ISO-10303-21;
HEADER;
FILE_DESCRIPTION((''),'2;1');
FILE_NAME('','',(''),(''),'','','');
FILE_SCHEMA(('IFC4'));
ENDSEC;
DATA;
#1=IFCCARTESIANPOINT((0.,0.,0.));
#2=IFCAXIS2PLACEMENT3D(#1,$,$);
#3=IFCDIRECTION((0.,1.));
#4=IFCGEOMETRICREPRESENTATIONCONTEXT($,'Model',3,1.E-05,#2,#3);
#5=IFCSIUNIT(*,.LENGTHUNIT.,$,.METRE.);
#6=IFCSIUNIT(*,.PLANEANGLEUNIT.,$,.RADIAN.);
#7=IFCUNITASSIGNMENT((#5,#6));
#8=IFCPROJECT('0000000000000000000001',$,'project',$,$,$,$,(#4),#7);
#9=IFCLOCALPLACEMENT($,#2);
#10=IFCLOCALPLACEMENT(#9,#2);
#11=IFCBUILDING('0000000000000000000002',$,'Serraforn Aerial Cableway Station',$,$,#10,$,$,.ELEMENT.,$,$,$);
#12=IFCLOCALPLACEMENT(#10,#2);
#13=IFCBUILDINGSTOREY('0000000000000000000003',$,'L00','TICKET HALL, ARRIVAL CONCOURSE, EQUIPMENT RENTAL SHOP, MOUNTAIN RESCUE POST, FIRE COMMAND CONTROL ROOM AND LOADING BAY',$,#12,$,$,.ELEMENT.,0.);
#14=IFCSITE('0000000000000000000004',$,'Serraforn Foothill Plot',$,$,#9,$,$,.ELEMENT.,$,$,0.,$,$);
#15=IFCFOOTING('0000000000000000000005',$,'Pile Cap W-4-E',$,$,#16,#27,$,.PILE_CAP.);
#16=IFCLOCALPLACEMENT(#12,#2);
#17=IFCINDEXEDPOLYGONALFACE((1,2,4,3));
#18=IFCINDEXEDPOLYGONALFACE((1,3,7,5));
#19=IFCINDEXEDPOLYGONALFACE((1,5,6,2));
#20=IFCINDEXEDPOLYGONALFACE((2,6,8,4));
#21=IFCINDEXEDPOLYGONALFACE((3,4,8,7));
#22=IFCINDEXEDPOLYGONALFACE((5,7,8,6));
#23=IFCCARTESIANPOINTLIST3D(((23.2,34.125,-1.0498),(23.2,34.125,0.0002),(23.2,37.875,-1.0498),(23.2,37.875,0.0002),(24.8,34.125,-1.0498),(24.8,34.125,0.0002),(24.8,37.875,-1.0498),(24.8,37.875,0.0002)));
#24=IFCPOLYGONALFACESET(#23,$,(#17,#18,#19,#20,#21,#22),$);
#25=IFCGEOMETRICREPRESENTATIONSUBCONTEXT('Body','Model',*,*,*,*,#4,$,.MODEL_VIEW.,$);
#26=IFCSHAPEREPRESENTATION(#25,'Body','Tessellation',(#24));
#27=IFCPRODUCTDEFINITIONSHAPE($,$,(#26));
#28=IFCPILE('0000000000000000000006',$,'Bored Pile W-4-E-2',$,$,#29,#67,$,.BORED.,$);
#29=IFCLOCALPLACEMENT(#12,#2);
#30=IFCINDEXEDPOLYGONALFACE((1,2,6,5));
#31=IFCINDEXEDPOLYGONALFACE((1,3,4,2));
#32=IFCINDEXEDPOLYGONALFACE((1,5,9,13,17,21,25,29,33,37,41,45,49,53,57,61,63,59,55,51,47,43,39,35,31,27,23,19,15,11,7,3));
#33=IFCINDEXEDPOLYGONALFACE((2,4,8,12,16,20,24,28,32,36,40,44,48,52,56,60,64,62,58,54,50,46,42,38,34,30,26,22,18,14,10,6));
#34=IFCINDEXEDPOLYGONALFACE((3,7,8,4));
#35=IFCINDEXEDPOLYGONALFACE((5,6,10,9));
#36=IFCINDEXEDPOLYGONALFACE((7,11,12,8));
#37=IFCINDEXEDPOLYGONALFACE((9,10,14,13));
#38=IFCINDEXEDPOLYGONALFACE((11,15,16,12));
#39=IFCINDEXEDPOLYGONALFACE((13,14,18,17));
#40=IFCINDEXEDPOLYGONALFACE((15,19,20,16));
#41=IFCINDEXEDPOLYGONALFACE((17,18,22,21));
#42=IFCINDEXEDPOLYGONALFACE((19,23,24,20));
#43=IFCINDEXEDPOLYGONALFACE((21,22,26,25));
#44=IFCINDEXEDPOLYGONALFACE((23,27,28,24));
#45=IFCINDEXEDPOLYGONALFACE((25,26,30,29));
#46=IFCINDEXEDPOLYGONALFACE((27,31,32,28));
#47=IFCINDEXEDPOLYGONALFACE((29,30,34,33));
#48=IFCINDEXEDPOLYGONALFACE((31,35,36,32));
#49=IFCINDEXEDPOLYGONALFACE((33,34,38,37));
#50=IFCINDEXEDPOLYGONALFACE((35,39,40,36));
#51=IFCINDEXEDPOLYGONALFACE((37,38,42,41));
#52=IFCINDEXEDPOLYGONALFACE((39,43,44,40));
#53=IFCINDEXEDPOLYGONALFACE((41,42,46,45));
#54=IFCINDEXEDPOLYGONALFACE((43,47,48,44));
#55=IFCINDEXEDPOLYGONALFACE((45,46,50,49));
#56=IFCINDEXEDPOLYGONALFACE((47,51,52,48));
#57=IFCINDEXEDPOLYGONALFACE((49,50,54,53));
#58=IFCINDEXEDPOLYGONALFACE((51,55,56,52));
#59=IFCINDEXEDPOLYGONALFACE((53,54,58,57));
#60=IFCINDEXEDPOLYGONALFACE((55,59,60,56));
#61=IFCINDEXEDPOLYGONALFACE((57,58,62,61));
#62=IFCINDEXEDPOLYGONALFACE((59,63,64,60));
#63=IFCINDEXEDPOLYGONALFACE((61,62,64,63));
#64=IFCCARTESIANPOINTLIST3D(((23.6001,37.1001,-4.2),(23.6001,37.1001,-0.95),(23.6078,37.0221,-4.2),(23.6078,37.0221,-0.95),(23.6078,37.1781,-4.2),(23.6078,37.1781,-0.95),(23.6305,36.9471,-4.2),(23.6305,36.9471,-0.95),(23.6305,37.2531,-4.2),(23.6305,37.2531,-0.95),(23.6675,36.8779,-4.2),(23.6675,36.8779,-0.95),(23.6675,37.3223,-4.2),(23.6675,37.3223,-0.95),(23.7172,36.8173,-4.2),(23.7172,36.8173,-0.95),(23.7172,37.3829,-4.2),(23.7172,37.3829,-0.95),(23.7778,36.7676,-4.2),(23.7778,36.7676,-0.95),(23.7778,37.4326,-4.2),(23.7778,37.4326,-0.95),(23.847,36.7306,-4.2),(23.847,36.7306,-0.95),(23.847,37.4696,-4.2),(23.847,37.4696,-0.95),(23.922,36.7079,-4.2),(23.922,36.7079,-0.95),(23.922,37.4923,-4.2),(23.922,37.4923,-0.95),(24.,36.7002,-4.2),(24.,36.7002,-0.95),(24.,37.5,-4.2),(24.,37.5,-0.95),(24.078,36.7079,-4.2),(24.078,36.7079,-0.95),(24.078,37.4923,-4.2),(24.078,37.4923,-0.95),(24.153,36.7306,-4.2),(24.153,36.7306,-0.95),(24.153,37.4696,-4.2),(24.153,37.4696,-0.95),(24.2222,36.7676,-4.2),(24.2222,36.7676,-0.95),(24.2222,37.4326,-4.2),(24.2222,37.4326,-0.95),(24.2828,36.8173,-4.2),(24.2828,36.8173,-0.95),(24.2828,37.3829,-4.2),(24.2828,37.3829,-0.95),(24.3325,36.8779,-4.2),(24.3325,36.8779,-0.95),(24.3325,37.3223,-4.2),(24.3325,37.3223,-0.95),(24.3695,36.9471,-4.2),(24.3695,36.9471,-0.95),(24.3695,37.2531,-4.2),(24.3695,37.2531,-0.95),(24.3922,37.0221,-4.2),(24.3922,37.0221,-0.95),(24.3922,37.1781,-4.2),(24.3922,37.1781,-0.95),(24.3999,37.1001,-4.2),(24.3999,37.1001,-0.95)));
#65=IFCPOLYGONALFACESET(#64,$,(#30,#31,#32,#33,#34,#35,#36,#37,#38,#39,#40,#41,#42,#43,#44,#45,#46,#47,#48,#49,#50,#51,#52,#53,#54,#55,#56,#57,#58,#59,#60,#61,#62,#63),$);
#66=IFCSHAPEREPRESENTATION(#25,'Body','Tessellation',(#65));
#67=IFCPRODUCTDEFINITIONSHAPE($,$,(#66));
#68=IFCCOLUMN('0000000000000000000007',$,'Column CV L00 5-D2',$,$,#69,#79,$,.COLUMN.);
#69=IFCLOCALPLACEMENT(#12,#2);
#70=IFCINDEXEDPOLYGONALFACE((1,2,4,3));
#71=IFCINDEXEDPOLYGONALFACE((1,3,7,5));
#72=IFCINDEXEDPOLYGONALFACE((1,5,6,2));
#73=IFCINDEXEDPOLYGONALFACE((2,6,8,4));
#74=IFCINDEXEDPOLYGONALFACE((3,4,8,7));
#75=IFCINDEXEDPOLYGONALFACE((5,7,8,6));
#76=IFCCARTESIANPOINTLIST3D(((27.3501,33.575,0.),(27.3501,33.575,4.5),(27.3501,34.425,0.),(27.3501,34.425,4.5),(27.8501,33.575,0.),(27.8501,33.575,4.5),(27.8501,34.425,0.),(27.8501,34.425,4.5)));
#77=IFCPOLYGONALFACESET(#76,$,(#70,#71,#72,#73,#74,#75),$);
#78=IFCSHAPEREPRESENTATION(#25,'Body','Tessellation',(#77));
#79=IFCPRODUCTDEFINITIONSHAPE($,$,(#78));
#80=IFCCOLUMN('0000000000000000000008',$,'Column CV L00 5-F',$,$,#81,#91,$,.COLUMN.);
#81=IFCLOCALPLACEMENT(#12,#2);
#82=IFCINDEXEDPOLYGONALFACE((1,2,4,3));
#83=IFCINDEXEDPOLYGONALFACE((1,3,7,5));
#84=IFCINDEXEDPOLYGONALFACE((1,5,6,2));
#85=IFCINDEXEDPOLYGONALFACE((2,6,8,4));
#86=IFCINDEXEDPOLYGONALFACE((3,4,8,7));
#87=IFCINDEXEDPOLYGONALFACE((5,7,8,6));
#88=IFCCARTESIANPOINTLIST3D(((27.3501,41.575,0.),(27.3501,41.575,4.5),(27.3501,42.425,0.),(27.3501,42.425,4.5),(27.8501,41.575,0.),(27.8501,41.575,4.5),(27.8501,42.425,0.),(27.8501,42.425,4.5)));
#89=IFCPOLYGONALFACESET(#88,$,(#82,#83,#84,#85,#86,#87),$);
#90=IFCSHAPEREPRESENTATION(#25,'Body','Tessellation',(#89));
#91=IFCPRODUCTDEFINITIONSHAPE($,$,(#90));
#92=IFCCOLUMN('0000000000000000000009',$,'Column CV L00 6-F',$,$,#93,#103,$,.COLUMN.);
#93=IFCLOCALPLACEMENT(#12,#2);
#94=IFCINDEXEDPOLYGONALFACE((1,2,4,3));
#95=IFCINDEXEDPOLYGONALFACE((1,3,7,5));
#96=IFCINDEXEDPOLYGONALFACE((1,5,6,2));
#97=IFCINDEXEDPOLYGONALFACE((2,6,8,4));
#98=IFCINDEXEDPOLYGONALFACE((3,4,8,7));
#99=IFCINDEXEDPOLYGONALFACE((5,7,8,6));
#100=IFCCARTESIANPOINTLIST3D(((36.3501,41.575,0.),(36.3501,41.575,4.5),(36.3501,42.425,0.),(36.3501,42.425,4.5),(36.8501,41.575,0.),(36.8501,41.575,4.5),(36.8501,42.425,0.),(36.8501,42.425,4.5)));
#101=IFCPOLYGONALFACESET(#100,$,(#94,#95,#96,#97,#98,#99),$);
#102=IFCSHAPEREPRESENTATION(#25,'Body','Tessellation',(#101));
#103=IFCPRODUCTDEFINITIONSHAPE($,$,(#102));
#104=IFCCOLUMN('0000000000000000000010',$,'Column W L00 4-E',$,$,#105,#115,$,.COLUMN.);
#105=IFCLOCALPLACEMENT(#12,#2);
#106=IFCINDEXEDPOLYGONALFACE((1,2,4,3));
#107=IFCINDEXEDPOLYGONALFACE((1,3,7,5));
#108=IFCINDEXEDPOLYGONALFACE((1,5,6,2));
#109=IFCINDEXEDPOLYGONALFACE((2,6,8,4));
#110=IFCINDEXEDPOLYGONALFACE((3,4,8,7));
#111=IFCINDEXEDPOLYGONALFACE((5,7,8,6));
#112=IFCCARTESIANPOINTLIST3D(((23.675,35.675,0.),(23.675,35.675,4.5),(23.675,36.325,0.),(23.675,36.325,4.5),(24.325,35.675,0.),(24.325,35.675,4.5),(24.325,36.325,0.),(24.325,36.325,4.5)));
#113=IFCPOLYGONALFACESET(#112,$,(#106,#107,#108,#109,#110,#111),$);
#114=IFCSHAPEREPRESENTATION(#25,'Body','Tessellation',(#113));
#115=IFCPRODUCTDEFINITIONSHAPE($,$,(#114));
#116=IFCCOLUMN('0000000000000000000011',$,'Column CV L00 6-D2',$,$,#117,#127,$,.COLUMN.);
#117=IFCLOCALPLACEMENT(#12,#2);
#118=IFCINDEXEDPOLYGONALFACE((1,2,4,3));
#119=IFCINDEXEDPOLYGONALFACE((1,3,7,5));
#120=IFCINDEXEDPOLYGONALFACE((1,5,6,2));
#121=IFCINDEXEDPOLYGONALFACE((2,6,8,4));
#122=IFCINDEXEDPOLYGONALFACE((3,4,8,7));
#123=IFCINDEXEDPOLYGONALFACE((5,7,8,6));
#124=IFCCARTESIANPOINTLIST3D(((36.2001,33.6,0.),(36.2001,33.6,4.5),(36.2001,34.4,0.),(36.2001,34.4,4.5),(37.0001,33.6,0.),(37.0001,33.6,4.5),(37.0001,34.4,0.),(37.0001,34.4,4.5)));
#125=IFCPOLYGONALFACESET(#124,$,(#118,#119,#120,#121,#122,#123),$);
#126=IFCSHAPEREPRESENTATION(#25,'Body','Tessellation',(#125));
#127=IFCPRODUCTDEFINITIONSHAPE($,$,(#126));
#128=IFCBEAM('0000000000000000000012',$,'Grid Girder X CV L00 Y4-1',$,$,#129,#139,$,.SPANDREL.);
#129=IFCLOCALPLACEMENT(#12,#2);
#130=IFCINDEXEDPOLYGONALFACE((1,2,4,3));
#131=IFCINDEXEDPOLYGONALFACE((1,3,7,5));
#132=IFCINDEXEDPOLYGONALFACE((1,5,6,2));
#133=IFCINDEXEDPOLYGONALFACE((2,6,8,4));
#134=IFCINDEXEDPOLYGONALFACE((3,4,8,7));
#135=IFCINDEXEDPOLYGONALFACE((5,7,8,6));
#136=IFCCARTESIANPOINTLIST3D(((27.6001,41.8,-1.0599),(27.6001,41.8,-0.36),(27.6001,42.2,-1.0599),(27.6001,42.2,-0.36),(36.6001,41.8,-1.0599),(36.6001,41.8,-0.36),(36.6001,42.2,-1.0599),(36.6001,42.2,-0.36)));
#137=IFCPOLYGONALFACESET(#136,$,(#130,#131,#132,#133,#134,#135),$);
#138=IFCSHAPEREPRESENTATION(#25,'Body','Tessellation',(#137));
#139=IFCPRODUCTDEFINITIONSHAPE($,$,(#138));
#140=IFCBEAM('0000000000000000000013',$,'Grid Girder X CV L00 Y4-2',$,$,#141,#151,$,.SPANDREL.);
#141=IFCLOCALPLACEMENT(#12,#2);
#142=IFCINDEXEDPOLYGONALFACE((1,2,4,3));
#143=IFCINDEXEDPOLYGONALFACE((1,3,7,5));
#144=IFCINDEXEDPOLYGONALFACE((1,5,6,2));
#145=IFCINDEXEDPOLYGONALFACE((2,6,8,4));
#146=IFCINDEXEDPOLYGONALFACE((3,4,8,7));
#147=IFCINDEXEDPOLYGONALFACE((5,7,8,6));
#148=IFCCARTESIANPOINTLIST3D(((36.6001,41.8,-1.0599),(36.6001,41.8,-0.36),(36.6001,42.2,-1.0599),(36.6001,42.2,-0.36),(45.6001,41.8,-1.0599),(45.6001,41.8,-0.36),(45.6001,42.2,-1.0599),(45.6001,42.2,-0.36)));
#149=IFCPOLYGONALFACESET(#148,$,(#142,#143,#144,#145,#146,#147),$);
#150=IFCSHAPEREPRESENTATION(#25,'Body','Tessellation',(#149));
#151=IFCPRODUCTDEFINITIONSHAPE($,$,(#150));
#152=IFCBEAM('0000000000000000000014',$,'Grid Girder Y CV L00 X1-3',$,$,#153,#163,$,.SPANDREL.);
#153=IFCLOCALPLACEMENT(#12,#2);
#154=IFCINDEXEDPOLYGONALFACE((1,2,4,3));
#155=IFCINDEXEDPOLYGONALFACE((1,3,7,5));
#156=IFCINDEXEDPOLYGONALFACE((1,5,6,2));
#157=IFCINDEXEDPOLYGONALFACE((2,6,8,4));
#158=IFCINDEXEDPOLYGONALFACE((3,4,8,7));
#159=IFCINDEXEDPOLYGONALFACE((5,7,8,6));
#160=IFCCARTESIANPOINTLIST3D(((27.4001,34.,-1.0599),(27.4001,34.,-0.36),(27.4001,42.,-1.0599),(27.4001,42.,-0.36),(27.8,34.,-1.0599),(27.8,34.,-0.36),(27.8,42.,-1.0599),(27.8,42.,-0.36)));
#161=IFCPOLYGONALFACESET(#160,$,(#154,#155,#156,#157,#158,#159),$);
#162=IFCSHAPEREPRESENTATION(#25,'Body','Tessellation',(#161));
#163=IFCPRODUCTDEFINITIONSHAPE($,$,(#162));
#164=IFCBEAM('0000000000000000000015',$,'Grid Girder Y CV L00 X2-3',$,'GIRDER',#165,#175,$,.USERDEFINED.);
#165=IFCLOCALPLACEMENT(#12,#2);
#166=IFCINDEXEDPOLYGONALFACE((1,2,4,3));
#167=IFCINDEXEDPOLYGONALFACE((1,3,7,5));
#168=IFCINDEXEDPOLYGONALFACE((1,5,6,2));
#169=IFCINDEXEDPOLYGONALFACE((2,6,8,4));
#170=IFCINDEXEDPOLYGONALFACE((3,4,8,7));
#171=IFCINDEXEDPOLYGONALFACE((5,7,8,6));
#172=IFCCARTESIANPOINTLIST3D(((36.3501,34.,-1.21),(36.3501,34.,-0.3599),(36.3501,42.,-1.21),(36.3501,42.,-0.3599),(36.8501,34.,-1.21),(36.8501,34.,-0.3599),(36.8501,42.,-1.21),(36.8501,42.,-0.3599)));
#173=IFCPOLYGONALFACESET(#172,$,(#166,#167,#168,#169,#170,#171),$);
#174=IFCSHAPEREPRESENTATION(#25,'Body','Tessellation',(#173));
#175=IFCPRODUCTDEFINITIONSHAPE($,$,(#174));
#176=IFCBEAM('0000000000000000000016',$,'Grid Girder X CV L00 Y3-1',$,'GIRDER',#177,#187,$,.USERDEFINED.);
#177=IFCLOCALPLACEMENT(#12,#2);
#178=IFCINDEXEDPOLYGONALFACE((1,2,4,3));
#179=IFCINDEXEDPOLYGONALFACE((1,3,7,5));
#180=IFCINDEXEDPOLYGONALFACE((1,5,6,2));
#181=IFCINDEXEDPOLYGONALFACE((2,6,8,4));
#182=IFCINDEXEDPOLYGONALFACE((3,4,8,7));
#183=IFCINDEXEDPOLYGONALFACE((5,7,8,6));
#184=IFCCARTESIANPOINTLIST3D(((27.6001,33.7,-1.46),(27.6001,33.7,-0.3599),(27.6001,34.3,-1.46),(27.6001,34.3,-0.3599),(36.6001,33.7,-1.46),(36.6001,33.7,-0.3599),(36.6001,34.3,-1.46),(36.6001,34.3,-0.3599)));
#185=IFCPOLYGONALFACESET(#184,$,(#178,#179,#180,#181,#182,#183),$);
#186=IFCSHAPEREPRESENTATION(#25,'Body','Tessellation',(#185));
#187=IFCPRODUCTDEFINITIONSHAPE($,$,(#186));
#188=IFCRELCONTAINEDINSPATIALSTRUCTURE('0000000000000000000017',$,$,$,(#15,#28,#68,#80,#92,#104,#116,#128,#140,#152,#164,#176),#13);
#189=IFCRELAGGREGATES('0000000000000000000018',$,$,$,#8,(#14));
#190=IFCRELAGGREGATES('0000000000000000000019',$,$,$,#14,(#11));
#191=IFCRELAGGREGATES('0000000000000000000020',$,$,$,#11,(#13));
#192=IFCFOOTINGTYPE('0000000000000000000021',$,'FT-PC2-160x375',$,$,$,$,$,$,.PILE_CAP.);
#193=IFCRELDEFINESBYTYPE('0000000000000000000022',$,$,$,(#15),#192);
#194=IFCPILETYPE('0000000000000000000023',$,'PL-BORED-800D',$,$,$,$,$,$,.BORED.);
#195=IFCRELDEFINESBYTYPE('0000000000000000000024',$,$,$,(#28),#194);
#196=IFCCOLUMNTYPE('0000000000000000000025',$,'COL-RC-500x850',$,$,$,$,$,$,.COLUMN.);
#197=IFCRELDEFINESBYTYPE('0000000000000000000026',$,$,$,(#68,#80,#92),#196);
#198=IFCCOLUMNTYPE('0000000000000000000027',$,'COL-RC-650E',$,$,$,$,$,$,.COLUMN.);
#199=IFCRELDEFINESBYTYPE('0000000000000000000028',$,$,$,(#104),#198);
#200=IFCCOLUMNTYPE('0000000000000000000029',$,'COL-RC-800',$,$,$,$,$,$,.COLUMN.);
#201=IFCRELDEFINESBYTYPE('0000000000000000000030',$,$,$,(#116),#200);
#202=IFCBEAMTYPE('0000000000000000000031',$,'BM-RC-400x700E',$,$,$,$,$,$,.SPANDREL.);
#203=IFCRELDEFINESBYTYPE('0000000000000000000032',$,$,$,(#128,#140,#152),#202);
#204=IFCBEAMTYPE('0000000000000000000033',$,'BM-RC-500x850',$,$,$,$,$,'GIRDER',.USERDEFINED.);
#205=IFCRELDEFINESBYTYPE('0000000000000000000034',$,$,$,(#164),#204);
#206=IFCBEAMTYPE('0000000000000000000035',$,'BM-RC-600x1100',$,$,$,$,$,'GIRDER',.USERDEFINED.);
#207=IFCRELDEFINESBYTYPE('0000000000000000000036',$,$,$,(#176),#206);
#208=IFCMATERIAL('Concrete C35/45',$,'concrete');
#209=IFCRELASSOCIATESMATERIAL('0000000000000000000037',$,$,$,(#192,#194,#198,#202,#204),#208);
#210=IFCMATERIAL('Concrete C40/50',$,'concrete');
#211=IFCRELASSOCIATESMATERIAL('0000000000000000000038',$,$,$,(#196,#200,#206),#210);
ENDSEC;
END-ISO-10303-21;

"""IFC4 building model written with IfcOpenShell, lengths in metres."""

from ifc_helpers import new_model, si_unit, direction, frame, origin, origin_2d, place, context, subcontext, project, spatial, rectangle, circle, extrude, material, material_profile, profile_set, type_object, element, save


model = new_model("IFC4")

# Units and contexts
model_context = context("Model", 3, precision=1e-05, world=origin(), true_north=direction((0.0, 1.0)))
body_context = subcontext(model_context, "Body", "Model", "MODEL_VIEW")
ifc_project = project(units=[si_unit("LENGTHUNIT", "METRE"), si_unit("PLANEANGLEUNIT", "RADIAN")], contexts=[model_context])

# Site, building, storey
site_placement = place(None, origin())
site = spatial("IfcSite", under=ifc_project, at=site_placement, Name="Serraforn Foothill Plot", CompositionType="ELEMENT", RefElevation=0.0)
building_placement = place(site_placement, origin())
building = spatial("IfcBuilding", under=site, at=building_placement, Name="Serraforn Aerial Cableway Station", CompositionType="ELEMENT")
storey_placement = place(building_placement, origin())
storey = spatial("IfcBuildingStorey", under=building, at=storey_placement, Name="L00", Description="TICKET HALL, ARRIVAL CONCOURSE, EQUIPMENT RENTAL SHOP, MOUNTAIN RESCUE POST, FIRE COMMAND CONTROL ROOM AND LOADING BAY", CompositionType="ELEMENT", Elevation=0.0)

# Footing
ifc_material_1 = material(Name="Concrete C35/45", Category="concrete")
footing_type = type_object("IfcFootingType", Name="FT-PC2-160x375", PredefinedType="PILE_CAP", material=ifc_material_1)
footing_placement = place(storey_placement, frame((24.0, 36.0, -1.0498), z_axis=(0.0, 0.0, 1.0), x_axis=(1.0, 0.0, 0.0)))
element("IfcFooting", 1, at=footing_placement, inside=storey, type_object=footing_type, Name="Pile Cap W-4-E", PredefinedType="PILE_CAP", context=body_context, shape_type="SweptSolid", body=[
    extrude(rectangle(XDim=1.6001, YDim=3.75, at=origin_2d()), origin(), (0.0, 0.0, 1.0), 1.05),
])

# Pile
ifc_material_profile_1 = material_profile(ifc_material_1, circle(Radius=0.3999, at=origin_2d()), Name="BORED PILE D800")
ifc_profile_set_1 = profile_set([ifc_material_profile_1], Name="Concrete C35/45")
pile_type = type_object("IfcPileType", Name="PL-BORED-800D", PredefinedType="BORED", material=ifc_profile_set_1)
pile_placement = place(storey_placement, frame((24.0, 37.1001, -0.95), z_axis=(0.0, 0.0, -1.0), x_axis=(1.0, 0.0, 0.0)))
element("IfcPile", 2, at=pile_placement, inside=storey, type_object=pile_type, Name="Bored Pile W-4-E-2", PredefinedType="BORED", context=body_context, shape_type="SweptSolid", body=[
    extrude(circle(Radius=0.3999, at=origin_2d()), origin(), (0.0, 0.0, 1.0), 3.25),
])

# Columns
ifc_material_2 = material(Name="Concrete C40/50", Category="concrete")
ifc_material_profile_2 = material_profile(ifc_material_2, rectangle(XDim=0.5, YDim=0.8501, at=origin_2d()), Name="RC 500x850")
ifc_profile_set_2 = profile_set([ifc_material_profile_2], Name="Concrete C40/50")
column_type_1 = type_object("IfcColumnType", Name="COL-RC-500x850", PredefinedType="COLUMN", material=ifc_profile_set_2)
for number, where, z_axis, x_axis, name in (
    (3, (27.6001, 34.0, 0.0), (0.0, 0.0, 1.0), (1.0, 0.0, 0.0), "Column CV L00 5-D2"),
    (4, (27.6001, 42.0, 0.0), (0.0, 0.0, 1.0), (1.0, 0.0, 0.0), "Column CV L00 5-F"),
    (5, (36.6001, 42.0, 0.0), (0.0, 0.0, 1.0), (1.0, 0.0, 0.0), "Column CV L00 6-F"),
):
    element("IfcColumn", number, at=place(storey_placement, frame(where, z_axis=z_axis, x_axis=x_axis)), inside=storey, type_object=column_type_1, Name=name, PredefinedType="COLUMN", context=body_context, shape_type="SweptSolid", body=[
        extrude(rectangle(XDim=0.5, YDim=0.8501, at=origin_2d()), origin(), (0.0, 0.0, 1.0), 4.5),
    ])
ifc_material_profile_3 = material_profile(ifc_material_1, rectangle(XDim=0.6499, YDim=0.6499, at=origin_2d()), Name="RC 650x650")
ifc_profile_set_3 = profile_set([ifc_material_profile_3], Name="Concrete C35/45")
column_type_2 = type_object("IfcColumnType", Name="COL-RC-650E", PredefinedType="COLUMN", material=ifc_profile_set_3)
column_1_placement = place(storey_placement, frame((24.0, 36.0, 0.0), z_axis=(0.0, 0.0, 1.0), x_axis=(1.0, 0.0, 0.0)))
element("IfcColumn", 6, at=column_1_placement, inside=storey, type_object=column_type_2, Name="Column W L00 4-E", PredefinedType="COLUMN", context=body_context, shape_type="SweptSolid", body=[
    extrude(rectangle(XDim=0.6499, YDim=0.6499, at=origin_2d()), origin(), (0.0, 0.0, 1.0), 4.5),
])
ifc_material_profile_4 = material_profile(ifc_material_2, rectangle(XDim=0.8, YDim=0.8, at=origin_2d()), Name="RC 800x800")
ifc_profile_set_4 = profile_set([ifc_material_profile_4], Name="Concrete C40/50")
column_type_3 = type_object("IfcColumnType", Name="COL-RC-800", PredefinedType="COLUMN", material=ifc_profile_set_4)
column_2_placement = place(storey_placement, frame((36.6001, 34.0, 0.0), z_axis=(0.0, 0.0, 1.0), x_axis=(1.0, 0.0, 0.0)))
element("IfcColumn", 7, at=column_2_placement, inside=storey, type_object=column_type_3, Name="Column CV L00 6-D2", PredefinedType="COLUMN", context=body_context, shape_type="SweptSolid", body=[
    extrude(rectangle(XDim=0.8, YDim=0.8, at=origin_2d()), origin(), (0.0, 0.0, 1.0), 4.5),
])

# Beams
ifc_material_profile_5 = material_profile(ifc_material_1, rectangle(XDim=0.3999, YDim=0.7, at=origin_2d()), Name="RC 400x700")
ifc_profile_set_5 = profile_set([ifc_material_profile_5], Name="Concrete C35/45")
beam_type_1 = type_object("IfcBeamType", Name="BM-RC-400x700E", PredefinedType="SPANDREL", material=ifc_profile_set_5)
for number, where, z_axis, x_axis, name in (
    (8, (27.6001, 42.0, -0.71), (1.0, 0.0, 0.0), (0.0, 1.0, 0.0), "Grid Girder X CV L00 Y4-1"),
    (9, (36.6001, 42.0, -0.71), (1.0, 0.0, 0.0), (0.0, 1.0, 0.0), "Grid Girder X CV L00 Y4-2"),
):
    element("IfcBeam", number, at=place(storey_placement, frame(where, z_axis=z_axis, x_axis=x_axis)), inside=storey, type_object=beam_type_1, Name=name, PredefinedType="SPANDREL", context=body_context, shape_type="SweptSolid", body=[
        extrude(rectangle(XDim=0.3999, YDim=0.7, at=origin_2d()), origin(), (0.0, 0.0, 1.0), 9.0),
    ])
beam_1_placement = place(storey_placement, frame((27.6001, 34.0, -0.71), z_axis=(0.0, 1.0, 0.0), x_axis=(-1.0, 0.0, 0.0)))
element("IfcBeam", 10, at=beam_1_placement, inside=storey, type_object=beam_type_1, Name="Grid Girder Y CV L00 X1-3", PredefinedType="SPANDREL", context=body_context, shape_type="SweptSolid", body=[
    extrude(rectangle(XDim=0.3999, YDim=0.7, at=origin_2d()), origin(), (0.0, 0.0, 1.0), 8.0),
])
ifc_material_profile_6 = material_profile(ifc_material_1, rectangle(XDim=0.5, YDim=0.8501, at=origin_2d()), Name="RC 500x850")
ifc_profile_set_6 = profile_set([ifc_material_profile_6], Name="Concrete C35/45")
beam_type_2 = type_object("IfcBeamType", Name="BM-RC-500x850", ElementType="GIRDER", PredefinedType="USERDEFINED", material=ifc_profile_set_6)
beam_2_placement = place(storey_placement, frame((36.6001, 34.0, -0.7849), z_axis=(0.0, 1.0, 0.0), x_axis=(-1.0, 0.0, 0.0)))
element("IfcBeam", 11, at=beam_2_placement, inside=storey, type_object=beam_type_2, Name="Grid Girder Y CV L00 X2-3", ObjectType="GIRDER", PredefinedType="USERDEFINED", context=body_context, shape_type="SweptSolid", body=[
    extrude(rectangle(XDim=0.5, YDim=0.8501, at=origin_2d()), origin(), (0.0, 0.0, 1.0), 8.0),
])
ifc_material_profile_7 = material_profile(ifc_material_2, rectangle(XDim=0.6001, YDim=1.1001, at=origin_2d()), Name="RC 600x1100")
ifc_profile_set_7 = profile_set([ifc_material_profile_7], Name="Concrete C40/50")
beam_type_3 = type_object("IfcBeamType", Name="BM-RC-600x1100", ElementType="GIRDER", PredefinedType="USERDEFINED", material=ifc_profile_set_7)
for number, where, z_axis, x_axis, name in (
    (12, (27.6001, 34.0, -0.9099), (1.0, 0.0, 0.0), (0.0, 1.0, 0.0), "Grid Girder X CV L00 Y3-1"),
):
    element("IfcBeam", number, at=place(storey_placement, frame(where, z_axis=z_axis, x_axis=x_axis)), inside=storey, type_object=beam_type_3, Name=name, ObjectType="GIRDER", PredefinedType="USERDEFINED", context=body_context, shape_type="SweptSolid", body=[
        extrude(rectangle(XDim=0.6001, YDim=1.1001, at=origin_2d()), origin(), (0.0, 0.0, 1.0), 9.0),
    ])

save(model, "model.ifc")
